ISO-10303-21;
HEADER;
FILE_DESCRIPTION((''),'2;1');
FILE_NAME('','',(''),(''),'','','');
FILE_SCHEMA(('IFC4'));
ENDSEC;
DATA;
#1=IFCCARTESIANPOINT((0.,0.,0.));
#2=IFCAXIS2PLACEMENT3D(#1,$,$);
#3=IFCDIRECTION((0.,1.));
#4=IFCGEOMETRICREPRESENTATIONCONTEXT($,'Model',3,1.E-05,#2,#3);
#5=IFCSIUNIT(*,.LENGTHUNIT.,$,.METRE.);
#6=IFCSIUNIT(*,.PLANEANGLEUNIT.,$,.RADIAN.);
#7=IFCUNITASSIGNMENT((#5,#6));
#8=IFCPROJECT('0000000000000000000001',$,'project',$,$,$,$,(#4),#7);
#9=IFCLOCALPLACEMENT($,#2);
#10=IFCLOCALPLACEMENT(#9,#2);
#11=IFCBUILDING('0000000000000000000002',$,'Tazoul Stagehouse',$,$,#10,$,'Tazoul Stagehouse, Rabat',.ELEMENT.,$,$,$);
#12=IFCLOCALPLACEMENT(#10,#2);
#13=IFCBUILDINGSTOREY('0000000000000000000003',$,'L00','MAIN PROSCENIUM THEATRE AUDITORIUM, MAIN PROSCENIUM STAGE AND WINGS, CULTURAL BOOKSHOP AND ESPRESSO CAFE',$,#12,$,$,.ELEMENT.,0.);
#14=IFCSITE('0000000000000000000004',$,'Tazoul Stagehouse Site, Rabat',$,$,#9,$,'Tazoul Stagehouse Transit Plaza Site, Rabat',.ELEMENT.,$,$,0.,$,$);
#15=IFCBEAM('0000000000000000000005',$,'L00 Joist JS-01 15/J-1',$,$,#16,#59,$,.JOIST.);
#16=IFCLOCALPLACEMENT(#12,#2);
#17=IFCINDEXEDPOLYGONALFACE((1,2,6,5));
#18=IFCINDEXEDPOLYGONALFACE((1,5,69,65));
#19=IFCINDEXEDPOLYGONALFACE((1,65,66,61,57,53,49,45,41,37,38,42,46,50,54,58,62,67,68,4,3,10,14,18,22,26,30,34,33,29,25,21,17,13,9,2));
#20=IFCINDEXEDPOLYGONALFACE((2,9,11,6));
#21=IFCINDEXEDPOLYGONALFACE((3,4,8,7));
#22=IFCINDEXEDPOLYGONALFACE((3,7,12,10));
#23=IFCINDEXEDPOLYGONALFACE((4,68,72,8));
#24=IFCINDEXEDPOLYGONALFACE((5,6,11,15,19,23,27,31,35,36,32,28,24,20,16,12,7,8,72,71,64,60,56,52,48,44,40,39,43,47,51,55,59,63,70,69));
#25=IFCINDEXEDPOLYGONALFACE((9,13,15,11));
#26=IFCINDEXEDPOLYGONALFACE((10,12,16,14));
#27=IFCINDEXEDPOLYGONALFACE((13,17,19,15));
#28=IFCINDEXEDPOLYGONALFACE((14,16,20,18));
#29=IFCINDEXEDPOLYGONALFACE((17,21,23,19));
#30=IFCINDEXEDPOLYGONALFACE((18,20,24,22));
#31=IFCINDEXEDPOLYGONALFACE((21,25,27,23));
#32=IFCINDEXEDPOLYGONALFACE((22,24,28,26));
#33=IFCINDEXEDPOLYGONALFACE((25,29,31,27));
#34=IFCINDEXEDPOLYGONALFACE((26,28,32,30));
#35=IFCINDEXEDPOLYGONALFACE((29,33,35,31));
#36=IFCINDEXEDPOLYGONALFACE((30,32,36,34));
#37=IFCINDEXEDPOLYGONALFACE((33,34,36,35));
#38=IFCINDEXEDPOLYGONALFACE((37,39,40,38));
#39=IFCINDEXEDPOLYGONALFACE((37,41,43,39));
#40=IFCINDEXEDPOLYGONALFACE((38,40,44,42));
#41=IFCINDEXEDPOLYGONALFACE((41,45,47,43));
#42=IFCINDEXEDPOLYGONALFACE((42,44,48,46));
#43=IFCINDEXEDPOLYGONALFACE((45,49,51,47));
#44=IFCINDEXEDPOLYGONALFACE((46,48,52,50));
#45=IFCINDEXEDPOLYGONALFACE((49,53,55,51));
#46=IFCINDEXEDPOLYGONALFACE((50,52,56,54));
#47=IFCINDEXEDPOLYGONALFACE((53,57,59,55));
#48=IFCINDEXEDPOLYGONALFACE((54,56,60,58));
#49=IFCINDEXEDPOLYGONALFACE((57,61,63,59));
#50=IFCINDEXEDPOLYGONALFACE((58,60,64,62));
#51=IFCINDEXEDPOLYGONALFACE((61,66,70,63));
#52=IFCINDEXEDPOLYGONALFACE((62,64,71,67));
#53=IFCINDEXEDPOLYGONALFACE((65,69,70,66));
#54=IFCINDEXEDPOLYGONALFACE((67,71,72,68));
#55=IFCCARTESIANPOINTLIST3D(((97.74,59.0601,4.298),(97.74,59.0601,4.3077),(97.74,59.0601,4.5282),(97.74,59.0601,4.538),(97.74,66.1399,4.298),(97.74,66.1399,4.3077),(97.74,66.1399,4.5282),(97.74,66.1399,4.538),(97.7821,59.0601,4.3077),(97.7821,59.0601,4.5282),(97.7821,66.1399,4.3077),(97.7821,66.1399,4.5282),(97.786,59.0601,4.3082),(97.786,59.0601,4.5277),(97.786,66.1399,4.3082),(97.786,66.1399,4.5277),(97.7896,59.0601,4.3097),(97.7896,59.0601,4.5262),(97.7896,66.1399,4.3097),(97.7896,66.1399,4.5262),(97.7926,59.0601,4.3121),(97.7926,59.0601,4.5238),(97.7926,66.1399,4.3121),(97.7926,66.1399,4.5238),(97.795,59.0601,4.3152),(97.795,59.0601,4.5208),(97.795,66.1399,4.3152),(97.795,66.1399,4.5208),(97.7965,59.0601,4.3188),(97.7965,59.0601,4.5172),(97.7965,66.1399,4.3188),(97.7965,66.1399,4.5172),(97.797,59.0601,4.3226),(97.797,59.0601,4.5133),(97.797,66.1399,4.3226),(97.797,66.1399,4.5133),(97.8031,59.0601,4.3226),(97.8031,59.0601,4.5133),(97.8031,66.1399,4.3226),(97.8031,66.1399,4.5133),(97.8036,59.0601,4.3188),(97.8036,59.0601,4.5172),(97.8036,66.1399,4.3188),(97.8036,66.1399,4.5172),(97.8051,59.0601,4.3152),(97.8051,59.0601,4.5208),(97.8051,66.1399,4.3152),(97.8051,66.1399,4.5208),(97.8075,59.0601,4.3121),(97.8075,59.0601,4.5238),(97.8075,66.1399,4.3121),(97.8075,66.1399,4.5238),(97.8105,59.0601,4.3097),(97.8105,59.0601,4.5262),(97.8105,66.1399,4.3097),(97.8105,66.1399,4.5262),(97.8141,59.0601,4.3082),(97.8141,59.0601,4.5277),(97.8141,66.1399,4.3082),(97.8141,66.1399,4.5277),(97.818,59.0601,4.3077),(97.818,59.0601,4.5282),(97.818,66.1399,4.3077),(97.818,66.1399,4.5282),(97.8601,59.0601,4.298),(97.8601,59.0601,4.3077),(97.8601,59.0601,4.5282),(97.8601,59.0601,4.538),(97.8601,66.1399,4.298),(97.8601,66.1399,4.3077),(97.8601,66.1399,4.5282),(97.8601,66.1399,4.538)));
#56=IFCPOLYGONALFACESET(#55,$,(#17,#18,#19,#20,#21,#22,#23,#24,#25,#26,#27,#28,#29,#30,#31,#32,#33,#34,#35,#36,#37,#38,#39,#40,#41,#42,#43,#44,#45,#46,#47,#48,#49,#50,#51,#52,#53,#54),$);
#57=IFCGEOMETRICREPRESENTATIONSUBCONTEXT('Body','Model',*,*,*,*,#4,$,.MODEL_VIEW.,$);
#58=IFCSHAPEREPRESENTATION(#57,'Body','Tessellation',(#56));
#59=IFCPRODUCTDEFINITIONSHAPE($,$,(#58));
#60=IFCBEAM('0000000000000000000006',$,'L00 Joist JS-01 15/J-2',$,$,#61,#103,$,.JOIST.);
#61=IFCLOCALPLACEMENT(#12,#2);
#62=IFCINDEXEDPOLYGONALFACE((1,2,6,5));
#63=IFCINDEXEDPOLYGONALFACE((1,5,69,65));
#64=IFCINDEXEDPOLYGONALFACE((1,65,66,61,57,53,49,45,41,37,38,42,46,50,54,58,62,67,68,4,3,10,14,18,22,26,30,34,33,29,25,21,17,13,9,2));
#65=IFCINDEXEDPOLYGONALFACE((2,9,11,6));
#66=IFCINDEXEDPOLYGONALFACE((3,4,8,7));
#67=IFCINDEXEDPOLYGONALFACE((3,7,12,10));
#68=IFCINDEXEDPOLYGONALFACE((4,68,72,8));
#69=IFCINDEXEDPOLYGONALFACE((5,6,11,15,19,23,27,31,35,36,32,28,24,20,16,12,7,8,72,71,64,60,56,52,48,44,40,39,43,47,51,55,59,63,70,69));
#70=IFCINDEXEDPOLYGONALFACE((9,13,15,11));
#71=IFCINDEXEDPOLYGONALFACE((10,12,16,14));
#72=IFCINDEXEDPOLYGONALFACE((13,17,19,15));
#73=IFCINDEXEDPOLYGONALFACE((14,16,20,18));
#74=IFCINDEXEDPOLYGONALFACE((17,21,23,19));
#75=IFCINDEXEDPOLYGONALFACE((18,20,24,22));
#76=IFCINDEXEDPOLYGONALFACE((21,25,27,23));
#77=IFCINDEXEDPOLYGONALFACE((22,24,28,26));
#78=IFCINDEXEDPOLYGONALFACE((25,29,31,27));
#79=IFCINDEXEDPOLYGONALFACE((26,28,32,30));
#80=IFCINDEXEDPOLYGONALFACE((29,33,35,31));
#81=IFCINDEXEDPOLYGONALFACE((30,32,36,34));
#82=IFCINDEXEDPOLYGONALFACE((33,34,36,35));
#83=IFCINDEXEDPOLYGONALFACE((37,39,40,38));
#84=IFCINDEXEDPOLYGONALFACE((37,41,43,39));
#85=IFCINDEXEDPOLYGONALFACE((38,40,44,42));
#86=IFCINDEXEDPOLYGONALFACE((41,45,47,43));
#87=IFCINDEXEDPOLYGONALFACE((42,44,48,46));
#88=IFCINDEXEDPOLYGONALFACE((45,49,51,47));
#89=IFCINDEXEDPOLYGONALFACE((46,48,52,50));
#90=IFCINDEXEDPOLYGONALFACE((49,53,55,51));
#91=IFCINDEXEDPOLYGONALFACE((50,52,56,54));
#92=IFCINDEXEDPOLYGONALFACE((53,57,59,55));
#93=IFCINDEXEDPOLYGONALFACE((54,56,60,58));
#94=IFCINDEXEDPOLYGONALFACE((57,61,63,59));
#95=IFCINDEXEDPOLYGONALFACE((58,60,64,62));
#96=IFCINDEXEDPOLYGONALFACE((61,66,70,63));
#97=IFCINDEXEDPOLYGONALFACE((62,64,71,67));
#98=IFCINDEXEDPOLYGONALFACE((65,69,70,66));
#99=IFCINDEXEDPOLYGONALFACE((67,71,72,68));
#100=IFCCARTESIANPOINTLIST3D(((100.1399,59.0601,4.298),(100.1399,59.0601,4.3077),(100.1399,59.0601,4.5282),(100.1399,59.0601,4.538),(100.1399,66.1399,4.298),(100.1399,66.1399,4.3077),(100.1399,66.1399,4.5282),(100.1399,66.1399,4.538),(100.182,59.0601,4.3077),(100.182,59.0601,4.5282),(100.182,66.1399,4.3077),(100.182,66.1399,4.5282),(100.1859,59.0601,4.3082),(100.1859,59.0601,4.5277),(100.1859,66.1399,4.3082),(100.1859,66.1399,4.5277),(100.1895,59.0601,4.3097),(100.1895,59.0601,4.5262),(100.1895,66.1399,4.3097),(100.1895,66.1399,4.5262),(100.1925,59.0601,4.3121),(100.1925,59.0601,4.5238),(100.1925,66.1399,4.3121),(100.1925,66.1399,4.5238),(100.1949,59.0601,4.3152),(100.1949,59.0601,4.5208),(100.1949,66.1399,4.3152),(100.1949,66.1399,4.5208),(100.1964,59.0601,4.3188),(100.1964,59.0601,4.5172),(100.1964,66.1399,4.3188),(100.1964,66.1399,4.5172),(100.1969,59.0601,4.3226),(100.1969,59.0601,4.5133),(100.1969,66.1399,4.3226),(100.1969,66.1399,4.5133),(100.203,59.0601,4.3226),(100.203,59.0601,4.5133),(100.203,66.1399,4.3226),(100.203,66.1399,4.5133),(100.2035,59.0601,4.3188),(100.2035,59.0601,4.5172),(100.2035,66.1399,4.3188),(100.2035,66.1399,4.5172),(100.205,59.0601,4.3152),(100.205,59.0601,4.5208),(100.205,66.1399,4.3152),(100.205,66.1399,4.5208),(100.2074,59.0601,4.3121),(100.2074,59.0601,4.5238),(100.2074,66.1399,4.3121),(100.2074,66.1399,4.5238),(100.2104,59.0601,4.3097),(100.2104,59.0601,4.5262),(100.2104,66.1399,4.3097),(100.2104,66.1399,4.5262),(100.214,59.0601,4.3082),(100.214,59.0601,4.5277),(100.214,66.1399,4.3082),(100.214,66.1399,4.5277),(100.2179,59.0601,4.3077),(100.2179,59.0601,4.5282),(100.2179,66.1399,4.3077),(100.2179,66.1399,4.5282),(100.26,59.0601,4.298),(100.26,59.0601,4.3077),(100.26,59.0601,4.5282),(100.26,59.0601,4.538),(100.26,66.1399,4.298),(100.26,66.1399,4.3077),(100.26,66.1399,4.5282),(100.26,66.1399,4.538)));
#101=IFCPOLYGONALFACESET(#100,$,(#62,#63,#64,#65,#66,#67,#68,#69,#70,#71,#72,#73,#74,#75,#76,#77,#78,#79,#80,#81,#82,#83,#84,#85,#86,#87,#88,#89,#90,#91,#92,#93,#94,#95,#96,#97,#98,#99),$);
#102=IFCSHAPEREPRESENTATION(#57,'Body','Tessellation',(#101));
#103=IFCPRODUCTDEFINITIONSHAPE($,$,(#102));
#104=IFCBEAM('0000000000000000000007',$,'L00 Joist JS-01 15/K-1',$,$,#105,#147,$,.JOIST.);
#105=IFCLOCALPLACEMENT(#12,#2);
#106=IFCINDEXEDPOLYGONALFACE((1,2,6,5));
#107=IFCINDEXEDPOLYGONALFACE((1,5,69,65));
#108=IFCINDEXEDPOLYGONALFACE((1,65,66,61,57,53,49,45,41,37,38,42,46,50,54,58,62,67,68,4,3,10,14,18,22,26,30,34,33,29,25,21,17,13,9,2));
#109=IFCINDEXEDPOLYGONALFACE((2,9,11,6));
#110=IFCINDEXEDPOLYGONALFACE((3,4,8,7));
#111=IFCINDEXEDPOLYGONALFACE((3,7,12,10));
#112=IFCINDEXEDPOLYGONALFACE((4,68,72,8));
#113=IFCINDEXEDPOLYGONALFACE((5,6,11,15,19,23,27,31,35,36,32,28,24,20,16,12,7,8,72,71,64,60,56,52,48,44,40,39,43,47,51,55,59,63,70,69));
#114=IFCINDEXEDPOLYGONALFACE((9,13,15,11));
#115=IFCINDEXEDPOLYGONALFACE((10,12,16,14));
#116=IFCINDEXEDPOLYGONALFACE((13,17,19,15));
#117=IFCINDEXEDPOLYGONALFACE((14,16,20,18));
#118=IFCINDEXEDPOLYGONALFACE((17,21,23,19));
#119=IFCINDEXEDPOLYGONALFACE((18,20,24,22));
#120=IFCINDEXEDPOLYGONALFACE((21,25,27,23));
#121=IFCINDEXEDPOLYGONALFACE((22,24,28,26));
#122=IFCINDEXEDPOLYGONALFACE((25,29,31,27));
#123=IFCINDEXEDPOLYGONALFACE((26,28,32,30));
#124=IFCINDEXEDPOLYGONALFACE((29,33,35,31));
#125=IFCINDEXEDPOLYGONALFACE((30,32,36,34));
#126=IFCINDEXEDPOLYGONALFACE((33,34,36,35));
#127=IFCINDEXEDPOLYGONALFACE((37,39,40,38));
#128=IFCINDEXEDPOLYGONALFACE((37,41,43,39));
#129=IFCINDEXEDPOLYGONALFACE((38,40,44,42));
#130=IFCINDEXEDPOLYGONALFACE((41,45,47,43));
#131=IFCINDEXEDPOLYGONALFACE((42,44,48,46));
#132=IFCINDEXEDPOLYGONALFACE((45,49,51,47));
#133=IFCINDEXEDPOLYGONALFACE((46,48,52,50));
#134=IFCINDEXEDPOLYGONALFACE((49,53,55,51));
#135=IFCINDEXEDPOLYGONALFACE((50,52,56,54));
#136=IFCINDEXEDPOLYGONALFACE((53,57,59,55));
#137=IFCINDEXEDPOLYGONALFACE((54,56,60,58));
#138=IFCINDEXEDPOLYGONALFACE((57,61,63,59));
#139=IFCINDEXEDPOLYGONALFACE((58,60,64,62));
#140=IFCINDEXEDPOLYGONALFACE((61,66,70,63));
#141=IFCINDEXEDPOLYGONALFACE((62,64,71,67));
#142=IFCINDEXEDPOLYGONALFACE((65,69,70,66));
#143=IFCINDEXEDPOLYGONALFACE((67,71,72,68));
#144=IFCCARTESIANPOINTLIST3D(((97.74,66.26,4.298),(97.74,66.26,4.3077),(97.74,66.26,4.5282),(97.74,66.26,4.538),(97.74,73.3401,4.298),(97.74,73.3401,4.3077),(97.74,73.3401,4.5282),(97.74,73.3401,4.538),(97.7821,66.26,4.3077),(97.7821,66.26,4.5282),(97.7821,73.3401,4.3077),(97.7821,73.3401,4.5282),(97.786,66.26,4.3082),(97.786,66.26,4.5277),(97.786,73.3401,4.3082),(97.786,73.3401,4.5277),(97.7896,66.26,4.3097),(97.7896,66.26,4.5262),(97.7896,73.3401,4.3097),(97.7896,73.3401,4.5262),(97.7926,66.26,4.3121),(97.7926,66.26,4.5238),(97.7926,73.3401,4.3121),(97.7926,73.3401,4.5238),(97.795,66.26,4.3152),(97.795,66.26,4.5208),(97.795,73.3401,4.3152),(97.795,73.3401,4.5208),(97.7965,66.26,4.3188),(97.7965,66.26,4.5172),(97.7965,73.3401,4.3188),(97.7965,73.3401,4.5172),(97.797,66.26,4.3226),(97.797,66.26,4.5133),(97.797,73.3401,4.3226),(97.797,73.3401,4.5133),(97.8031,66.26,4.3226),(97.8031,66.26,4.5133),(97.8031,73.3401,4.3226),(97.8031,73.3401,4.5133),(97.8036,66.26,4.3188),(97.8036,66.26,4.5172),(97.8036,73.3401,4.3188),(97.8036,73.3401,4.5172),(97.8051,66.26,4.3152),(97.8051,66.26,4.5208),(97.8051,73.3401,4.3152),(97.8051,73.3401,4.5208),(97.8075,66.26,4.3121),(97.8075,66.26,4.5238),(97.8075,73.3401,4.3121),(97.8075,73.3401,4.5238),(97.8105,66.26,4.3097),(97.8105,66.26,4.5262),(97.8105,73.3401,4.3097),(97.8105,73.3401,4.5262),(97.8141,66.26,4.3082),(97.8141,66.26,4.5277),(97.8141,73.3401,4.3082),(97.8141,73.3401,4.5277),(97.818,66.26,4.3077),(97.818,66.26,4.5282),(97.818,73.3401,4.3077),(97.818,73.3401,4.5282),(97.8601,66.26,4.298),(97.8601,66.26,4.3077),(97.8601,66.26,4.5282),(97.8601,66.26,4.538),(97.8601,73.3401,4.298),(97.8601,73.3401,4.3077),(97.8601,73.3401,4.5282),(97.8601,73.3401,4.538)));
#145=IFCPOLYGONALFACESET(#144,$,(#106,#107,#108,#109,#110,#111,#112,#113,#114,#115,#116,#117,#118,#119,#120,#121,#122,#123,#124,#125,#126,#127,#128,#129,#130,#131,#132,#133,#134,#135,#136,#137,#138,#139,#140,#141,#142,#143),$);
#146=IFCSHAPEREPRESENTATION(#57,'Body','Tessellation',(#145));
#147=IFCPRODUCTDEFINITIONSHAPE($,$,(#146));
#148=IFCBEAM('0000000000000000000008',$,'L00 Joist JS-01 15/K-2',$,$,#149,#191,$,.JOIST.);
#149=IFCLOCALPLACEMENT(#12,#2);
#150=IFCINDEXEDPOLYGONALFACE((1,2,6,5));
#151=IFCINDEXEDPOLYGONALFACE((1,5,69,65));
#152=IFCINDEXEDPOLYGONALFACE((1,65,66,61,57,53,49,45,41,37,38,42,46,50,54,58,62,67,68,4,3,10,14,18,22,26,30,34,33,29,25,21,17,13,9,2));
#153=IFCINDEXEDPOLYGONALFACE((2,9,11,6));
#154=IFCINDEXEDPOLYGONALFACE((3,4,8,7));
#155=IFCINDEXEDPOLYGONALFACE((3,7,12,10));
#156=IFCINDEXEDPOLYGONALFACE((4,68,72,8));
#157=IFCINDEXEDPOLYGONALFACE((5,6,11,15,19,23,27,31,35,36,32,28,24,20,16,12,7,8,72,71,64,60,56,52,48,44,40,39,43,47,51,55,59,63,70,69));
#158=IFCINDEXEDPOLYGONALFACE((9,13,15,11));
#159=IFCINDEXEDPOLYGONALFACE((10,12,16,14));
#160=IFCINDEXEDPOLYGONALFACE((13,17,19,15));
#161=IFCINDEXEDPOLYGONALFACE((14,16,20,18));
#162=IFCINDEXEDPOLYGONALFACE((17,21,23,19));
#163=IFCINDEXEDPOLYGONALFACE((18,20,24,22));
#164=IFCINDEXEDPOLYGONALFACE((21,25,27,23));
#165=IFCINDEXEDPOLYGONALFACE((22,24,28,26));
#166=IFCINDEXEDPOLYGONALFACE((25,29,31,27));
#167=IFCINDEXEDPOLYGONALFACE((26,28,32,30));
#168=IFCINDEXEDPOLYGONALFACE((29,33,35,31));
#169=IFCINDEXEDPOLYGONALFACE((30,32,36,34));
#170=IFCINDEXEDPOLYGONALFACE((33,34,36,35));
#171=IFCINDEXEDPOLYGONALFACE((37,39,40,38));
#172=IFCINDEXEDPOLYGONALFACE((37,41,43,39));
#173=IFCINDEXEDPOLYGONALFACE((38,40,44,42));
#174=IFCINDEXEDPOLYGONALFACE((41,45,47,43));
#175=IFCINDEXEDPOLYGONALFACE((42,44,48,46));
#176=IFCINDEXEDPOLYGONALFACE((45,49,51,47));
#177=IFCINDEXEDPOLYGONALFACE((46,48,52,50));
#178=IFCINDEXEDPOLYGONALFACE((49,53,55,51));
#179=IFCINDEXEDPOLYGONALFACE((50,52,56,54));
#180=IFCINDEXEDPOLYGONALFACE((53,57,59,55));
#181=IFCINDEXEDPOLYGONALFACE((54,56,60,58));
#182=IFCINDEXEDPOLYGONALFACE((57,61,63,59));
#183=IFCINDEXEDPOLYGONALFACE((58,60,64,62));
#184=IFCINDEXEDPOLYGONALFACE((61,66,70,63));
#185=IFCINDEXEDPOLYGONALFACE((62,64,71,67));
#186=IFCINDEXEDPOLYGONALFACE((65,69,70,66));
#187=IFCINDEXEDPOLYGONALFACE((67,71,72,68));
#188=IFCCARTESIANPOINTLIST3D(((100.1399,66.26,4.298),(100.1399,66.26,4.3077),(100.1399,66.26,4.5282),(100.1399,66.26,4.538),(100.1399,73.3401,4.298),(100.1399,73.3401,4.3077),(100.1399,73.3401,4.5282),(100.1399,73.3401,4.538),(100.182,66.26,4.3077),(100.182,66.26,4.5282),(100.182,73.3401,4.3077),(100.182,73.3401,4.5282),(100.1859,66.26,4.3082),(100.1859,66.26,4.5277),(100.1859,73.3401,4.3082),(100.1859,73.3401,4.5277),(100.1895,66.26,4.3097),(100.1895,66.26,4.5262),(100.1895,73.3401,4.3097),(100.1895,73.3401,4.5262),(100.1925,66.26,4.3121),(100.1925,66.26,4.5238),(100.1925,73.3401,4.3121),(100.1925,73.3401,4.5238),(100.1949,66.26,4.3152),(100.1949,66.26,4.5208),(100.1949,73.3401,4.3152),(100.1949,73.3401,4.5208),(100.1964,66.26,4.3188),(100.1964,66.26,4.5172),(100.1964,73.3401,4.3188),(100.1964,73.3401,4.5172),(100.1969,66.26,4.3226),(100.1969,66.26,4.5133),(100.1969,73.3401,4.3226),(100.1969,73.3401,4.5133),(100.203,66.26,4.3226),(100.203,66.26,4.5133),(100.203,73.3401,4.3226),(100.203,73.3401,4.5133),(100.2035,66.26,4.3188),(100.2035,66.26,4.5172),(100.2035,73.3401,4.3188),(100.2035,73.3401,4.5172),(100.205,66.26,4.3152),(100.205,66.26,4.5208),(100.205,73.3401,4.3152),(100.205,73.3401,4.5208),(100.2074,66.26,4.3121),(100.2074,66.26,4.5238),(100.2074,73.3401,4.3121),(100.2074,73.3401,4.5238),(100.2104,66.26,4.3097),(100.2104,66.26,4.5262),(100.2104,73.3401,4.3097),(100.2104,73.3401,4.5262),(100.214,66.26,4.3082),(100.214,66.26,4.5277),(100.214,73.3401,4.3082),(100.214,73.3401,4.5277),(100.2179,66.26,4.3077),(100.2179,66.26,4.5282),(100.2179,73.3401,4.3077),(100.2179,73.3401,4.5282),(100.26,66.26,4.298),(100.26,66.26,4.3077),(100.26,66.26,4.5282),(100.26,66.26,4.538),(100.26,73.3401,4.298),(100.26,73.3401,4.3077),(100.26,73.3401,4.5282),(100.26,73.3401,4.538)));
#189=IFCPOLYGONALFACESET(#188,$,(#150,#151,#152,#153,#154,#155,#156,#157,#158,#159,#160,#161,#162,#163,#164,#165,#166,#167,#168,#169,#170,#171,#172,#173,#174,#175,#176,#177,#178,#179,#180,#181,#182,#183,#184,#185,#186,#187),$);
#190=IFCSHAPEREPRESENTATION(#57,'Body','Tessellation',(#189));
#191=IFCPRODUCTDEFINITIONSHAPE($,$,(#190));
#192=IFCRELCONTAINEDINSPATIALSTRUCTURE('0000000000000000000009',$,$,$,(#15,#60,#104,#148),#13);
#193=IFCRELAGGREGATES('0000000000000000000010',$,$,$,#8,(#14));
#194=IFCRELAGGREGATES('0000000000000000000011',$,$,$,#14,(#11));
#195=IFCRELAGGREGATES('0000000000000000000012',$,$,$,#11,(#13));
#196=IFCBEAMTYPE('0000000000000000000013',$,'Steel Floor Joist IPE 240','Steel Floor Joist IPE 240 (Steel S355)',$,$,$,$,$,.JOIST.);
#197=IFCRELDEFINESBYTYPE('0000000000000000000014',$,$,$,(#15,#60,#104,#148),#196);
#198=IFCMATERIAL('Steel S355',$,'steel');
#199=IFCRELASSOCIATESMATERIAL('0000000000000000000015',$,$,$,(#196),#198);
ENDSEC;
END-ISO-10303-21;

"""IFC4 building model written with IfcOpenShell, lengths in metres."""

from ifc_helpers import new_model, si_unit, direction, frame, origin, origin_2d, place, context, subcontext, project, spatial, i_section, extrude, material, material_profile, profile_set, type_object, element, save


model = new_model("IFC4")

# Units and contexts
model_context = context("Model", 3, precision=1e-05, world=origin(), true_north=direction((0.0, 1.0)))
body_context = subcontext(model_context, "Body", "Model", "MODEL_VIEW")
ifc_project = project(units=[si_unit("LENGTHUNIT", "METRE"), si_unit("PLANEANGLEUNIT", "RADIAN")], contexts=[model_context])

# Site, building, storey
site_placement = place(None, origin())
site = spatial("IfcSite", under=ifc_project, at=site_placement, Name="Tazoul Stagehouse Site, Rabat", LongName="Tazoul Stagehouse Transit Plaza Site, Rabat", CompositionType="ELEMENT", RefElevation=0.0)
building_placement = place(site_placement, origin())
building = spatial("IfcBuilding", under=site, at=building_placement, Name="Tazoul Stagehouse", LongName="Tazoul Stagehouse, Rabat", CompositionType="ELEMENT")
storey_placement = place(building_placement, origin())
storey = spatial("IfcBuildingStorey", under=building, at=storey_placement, Name="L00", Description="MAIN PROSCENIUM THEATRE AUDITORIUM, MAIN PROSCENIUM STAGE AND WINGS, CULTURAL BOOKSHOP AND ESPRESSO CAFE", CompositionType="ELEMENT", Elevation=0.0)

# Beams
ifc_material_1 = material(Name="Steel S355", Category="steel")
ifc_material_profile_1 = material_profile(ifc_material_1, i_section(OverallWidth=0.1201, OverallDepth=0.24, WebThickness=0.0061, FlangeThickness=0.0098, FilletRadius=0.0149, at=origin_2d()), Name="IPE 240")
ifc_profile_set_1 = profile_set([ifc_material_profile_1], Name="Steel S355")
beam_type_1 = type_object("IfcBeamType", Name="Steel Floor Joist IPE 240", Description="Steel Floor Joist IPE 240 (Steel S355)", PredefinedType="JOIST", material=ifc_profile_set_1)
for number, where, z_axis, x_axis, name in (
    (1, (97.8, 59.0601, 4.418), (0.0, 1.0, 0.0), (-1.0, 0.0, 0.0), "L00 Joist JS-01 15/J-1"),
    (2, (100.2, 59.0601, 4.418), (0.0, 1.0, 0.0), (-1.0, 0.0, 0.0), "L00 Joist JS-01 15/J-2"),
):
    element("IfcBeam", number, at=place(storey_placement, frame(where, z_axis=z_axis, x_axis=x_axis)), inside=storey, type_object=beam_type_1, Name=name, PredefinedType="JOIST", context=body_context, shape_type="SweptSolid", body=[
        extrude(i_section(OverallWidth=0.1201, OverallDepth=0.24, WebThickness=0.0061, FlangeThickness=0.0098, FilletRadius=0.0149, at=origin_2d()), origin(), (0.0, 0.0, 1.0), 7.0798),
    ])
for number, where, z_axis, x_axis, name in (
    (3, (97.8, 66.26, 4.418), (0.0, 1.0, 0.0), (-1.0, 0.0, 0.0), "L00 Joist JS-01 15/K-1"),
    (4, (100.2, 66.26, 4.418), (0.0, 1.0, 0.0), (-1.0, 0.0, 0.0), "L00 Joist JS-01 15/K-2"),
):
    element("IfcBeam", number, at=place(storey_placement, frame(where, z_axis=z_axis, x_axis=x_axis)), inside=storey, type_object=beam_type_1, Name=name, PredefinedType="JOIST", context=body_context, shape_type="SweptSolid", body=[
        extrude(i_section(OverallWidth=0.1201, OverallDepth=0.24, WebThickness=0.0061, FlangeThickness=0.0098, FilletRadius=0.0149, at=origin_2d()), origin(), (0.0, 0.0, 1.0), 7.0801),
    ])

save(model, "model.ifc")
